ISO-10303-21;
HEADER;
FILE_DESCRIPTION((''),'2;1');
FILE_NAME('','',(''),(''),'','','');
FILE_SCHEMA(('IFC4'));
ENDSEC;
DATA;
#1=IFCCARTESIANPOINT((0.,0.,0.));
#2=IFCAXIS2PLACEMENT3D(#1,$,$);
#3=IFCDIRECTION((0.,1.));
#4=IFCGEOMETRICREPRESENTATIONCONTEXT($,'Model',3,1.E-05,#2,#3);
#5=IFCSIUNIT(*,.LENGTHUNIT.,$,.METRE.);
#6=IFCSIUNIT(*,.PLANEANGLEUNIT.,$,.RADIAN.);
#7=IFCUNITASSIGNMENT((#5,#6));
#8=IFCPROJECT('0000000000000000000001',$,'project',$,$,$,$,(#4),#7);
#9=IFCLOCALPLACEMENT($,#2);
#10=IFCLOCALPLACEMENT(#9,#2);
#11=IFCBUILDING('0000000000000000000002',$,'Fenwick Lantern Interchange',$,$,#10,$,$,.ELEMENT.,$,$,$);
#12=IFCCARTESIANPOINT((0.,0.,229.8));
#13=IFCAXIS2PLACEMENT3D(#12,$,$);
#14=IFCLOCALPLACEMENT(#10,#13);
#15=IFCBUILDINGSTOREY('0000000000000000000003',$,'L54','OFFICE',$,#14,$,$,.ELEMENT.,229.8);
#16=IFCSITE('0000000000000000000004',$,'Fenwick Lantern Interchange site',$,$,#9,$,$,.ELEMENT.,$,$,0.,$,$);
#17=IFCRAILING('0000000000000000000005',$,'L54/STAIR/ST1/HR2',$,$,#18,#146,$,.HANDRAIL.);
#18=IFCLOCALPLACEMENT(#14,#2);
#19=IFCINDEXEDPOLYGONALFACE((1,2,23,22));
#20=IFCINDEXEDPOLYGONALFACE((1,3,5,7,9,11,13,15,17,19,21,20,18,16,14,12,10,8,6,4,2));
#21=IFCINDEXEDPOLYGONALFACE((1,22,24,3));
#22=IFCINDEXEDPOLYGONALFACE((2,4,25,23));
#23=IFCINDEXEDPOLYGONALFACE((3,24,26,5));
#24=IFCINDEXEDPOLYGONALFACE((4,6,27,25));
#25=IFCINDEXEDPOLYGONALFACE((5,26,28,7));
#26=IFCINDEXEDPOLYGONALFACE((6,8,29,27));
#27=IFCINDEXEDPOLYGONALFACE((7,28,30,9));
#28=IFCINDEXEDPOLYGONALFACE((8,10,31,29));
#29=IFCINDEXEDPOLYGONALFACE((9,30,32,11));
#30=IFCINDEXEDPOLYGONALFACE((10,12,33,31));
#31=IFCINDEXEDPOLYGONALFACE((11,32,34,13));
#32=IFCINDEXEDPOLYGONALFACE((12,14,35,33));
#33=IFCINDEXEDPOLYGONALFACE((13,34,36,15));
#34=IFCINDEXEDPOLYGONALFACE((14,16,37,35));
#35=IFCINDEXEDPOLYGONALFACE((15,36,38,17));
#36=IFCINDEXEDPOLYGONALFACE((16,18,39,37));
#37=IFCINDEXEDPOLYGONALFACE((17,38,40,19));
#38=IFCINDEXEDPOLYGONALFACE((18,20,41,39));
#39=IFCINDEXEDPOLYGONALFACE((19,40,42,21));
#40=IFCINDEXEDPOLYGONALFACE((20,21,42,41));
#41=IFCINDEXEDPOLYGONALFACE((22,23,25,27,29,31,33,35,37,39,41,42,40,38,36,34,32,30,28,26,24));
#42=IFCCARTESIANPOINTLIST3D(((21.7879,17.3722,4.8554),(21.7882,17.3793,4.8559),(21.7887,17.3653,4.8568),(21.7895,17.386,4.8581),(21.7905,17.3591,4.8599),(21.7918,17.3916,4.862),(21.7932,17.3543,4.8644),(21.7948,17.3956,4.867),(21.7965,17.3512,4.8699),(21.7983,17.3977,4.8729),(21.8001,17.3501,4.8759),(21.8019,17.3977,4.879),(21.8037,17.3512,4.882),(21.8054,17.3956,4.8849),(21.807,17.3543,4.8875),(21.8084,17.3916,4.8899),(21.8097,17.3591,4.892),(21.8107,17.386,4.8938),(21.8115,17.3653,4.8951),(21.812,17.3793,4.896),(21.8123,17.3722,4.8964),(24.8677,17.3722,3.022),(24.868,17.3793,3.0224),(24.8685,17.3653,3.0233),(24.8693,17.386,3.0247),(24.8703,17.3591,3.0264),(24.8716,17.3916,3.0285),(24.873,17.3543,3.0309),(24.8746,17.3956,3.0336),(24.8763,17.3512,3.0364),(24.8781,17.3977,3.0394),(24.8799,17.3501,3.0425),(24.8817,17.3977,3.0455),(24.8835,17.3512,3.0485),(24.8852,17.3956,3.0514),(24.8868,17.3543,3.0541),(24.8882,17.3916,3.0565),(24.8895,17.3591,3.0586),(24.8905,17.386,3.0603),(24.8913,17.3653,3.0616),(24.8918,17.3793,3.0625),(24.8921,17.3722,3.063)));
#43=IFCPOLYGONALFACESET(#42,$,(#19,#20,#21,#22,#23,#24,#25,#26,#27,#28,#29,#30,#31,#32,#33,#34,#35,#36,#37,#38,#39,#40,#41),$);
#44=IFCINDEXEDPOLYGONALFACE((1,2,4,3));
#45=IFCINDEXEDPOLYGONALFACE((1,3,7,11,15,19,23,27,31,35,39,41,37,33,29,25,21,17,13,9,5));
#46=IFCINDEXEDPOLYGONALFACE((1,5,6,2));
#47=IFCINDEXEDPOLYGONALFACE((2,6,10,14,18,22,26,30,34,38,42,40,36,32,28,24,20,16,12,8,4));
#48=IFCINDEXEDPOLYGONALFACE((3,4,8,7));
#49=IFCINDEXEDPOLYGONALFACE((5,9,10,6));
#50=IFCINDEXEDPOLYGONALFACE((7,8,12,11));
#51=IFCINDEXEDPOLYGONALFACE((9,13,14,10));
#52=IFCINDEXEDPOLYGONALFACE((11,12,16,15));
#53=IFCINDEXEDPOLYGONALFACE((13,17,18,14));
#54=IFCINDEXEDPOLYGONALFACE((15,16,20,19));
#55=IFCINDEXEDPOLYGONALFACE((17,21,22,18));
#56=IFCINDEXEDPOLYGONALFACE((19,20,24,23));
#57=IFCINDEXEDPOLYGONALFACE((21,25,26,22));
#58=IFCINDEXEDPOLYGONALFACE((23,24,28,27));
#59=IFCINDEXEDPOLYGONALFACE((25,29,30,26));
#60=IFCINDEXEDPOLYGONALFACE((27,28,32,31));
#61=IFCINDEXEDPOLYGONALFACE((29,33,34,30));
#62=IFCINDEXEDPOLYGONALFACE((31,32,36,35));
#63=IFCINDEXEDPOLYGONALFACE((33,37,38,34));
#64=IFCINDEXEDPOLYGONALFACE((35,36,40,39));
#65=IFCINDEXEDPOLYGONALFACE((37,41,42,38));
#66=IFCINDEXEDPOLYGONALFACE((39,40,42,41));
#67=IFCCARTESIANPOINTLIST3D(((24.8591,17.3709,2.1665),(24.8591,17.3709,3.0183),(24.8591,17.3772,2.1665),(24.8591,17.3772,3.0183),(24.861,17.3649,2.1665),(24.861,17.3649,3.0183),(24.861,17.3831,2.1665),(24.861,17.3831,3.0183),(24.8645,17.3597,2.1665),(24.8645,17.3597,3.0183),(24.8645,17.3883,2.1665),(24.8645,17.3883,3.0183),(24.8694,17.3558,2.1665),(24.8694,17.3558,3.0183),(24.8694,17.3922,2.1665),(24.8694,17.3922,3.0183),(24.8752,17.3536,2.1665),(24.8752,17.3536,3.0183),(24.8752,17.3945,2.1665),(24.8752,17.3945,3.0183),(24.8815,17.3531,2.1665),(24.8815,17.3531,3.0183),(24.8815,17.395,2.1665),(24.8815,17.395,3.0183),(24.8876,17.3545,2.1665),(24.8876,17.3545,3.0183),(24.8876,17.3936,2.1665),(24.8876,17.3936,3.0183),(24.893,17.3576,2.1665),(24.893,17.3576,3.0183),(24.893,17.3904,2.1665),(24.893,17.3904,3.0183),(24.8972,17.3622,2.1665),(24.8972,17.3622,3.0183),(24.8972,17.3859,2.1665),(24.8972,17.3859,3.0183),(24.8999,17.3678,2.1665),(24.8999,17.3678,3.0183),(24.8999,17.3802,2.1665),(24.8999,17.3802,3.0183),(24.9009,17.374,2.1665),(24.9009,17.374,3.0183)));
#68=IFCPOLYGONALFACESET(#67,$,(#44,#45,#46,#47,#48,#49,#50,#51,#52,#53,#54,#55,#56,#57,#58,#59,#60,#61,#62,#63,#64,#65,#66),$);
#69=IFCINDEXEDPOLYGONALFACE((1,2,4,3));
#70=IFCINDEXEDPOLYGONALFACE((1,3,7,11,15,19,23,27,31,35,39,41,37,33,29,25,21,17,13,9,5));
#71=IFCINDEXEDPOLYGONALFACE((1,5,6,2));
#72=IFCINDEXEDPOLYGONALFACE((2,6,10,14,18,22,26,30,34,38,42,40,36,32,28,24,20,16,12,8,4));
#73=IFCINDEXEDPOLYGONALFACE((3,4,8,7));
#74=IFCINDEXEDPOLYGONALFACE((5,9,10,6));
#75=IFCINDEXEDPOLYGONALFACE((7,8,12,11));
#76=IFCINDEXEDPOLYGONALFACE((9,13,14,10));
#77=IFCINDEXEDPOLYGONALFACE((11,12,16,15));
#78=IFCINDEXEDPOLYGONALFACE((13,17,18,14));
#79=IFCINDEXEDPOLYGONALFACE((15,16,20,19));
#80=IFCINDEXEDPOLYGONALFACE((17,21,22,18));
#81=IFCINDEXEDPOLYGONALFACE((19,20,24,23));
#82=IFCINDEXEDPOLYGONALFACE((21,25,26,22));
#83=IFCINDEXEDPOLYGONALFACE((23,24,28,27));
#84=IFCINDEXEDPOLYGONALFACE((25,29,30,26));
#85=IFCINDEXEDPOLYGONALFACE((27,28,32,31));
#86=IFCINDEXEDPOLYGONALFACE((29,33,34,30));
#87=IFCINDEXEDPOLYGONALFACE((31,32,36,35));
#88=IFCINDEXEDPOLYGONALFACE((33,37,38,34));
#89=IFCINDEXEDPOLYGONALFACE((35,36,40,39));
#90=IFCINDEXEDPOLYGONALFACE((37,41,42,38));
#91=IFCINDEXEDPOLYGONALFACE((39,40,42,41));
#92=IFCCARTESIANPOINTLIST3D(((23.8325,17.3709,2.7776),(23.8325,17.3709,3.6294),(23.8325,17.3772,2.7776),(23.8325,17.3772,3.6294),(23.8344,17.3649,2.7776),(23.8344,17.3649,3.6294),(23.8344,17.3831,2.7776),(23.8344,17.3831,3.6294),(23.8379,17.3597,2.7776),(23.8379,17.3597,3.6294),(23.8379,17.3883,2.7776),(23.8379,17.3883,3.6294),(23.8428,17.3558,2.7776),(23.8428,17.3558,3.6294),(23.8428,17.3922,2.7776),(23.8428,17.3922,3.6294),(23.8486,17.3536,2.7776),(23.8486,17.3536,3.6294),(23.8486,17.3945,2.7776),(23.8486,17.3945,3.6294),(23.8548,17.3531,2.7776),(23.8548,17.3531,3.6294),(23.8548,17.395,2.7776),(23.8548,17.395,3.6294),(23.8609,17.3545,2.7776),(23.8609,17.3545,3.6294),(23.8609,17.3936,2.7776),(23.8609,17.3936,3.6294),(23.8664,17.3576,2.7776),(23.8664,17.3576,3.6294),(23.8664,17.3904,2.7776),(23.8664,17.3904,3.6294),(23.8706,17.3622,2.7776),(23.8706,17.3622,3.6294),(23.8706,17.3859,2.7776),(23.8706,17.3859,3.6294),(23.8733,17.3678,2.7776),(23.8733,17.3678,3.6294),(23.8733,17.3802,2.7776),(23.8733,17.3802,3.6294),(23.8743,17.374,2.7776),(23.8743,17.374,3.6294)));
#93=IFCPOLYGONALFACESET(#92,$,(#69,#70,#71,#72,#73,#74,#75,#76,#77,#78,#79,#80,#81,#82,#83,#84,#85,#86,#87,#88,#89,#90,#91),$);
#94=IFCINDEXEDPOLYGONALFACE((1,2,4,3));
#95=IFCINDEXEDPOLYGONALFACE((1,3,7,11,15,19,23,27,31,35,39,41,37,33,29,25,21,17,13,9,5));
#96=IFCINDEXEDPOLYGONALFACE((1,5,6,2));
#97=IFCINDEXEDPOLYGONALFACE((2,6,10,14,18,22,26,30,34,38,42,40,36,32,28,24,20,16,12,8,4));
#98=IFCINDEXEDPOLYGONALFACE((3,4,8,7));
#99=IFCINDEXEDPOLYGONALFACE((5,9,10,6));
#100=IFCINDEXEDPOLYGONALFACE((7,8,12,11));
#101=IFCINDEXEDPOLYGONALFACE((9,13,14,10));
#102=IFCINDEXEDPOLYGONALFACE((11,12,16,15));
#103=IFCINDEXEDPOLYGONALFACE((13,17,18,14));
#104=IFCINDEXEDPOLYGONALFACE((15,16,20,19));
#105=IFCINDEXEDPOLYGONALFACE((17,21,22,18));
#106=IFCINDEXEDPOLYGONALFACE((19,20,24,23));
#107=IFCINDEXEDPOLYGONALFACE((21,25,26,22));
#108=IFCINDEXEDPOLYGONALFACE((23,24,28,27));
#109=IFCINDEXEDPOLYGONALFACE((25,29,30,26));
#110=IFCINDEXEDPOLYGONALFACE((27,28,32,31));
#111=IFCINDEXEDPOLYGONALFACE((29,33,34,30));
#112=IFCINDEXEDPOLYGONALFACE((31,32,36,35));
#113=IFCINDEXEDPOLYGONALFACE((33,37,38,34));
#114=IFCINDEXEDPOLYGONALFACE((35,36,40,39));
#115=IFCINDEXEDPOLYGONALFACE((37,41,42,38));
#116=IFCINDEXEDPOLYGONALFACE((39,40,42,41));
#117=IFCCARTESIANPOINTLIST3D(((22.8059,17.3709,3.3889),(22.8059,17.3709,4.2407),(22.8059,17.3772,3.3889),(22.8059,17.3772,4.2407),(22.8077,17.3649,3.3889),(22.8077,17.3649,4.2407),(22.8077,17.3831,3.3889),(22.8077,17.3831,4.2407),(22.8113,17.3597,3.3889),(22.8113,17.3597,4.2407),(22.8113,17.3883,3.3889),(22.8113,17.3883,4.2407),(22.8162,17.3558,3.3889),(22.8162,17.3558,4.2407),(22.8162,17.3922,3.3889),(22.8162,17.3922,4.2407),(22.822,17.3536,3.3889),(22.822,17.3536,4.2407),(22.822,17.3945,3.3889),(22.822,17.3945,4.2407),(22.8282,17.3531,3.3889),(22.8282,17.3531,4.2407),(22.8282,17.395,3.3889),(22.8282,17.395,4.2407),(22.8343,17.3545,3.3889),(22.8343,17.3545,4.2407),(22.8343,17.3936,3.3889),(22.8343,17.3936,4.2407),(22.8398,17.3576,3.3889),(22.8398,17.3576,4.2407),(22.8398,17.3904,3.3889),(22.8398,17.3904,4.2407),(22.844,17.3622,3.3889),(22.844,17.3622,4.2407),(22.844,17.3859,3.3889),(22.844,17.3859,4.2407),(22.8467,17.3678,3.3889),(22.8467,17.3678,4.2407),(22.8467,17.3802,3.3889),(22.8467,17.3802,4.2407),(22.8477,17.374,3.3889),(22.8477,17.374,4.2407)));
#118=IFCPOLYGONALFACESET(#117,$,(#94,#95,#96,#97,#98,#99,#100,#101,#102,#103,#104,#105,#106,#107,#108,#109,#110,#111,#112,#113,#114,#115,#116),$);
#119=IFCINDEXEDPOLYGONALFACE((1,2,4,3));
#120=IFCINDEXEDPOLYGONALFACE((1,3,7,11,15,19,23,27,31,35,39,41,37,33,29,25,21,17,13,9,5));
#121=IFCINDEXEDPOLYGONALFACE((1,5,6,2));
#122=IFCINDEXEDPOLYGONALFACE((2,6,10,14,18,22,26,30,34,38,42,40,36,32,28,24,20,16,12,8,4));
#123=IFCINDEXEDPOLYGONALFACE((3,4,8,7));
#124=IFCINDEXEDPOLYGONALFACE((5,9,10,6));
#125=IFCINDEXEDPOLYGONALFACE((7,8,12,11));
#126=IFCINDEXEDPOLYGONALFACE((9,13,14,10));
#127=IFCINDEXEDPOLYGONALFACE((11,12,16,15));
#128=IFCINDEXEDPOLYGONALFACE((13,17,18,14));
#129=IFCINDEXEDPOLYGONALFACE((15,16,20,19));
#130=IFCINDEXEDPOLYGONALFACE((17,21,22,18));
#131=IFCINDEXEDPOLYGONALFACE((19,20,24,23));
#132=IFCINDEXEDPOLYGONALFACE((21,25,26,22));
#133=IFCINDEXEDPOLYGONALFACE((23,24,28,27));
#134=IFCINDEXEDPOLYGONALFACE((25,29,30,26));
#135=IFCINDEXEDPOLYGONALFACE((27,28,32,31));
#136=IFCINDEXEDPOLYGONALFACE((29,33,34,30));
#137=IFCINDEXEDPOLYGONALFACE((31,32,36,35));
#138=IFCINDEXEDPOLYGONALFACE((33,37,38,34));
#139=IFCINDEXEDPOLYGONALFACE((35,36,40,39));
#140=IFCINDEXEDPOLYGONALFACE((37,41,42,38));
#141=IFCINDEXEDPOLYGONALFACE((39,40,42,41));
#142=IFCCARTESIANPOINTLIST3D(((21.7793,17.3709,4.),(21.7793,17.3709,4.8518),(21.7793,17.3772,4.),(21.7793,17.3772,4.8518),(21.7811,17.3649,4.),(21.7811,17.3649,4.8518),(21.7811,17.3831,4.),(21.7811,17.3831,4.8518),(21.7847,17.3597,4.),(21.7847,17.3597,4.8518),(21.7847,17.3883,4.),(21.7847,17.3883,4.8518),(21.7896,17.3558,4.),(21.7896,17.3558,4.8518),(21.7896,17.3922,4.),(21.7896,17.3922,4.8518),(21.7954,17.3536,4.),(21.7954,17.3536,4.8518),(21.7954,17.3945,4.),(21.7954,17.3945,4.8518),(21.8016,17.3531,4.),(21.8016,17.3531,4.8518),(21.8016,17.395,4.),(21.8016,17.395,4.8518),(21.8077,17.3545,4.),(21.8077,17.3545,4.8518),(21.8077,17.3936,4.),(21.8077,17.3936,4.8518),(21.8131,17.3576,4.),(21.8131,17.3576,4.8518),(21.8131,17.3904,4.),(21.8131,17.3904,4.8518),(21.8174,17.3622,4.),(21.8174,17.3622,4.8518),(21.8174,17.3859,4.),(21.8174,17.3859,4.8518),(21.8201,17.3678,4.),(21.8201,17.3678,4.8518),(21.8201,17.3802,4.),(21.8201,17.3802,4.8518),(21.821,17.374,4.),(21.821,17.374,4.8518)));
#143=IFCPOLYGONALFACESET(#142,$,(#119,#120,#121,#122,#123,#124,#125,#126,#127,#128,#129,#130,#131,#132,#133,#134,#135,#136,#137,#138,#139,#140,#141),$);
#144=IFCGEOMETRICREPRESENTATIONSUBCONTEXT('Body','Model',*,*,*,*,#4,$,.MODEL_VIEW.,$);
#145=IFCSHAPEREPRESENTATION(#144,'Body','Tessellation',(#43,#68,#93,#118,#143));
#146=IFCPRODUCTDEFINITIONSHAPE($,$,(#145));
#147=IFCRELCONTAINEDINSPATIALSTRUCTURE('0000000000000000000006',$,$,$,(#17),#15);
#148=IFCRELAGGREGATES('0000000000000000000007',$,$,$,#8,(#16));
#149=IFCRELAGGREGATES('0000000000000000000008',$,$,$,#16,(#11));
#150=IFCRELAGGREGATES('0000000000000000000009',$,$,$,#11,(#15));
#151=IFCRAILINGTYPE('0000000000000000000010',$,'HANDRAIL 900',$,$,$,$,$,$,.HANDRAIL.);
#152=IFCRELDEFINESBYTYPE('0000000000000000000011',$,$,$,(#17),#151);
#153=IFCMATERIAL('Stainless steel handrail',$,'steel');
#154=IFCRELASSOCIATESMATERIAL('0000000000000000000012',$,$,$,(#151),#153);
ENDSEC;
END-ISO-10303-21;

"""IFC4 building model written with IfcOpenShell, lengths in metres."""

from ifc_helpers import new_model, si_unit, direction, frame, origin, origin_2d, place, context, subcontext, project, spatial, circle, extrude, material, type_object, element, save


model = new_model("IFC4")

# Units and contexts
model_context = context("Model", 3, precision=1e-05, world=origin(), true_north=direction((0.0, 1.0)))
body_context = subcontext(model_context, "Body", "Model", "MODEL_VIEW")
ifc_project = project(units=[si_unit("LENGTHUNIT", "METRE"), si_unit("PLANEANGLEUNIT", "RADIAN")], contexts=[model_context])

# Site, building, storey
site_placement = place(None, origin())
site = spatial("IfcSite", under=ifc_project, at=site_placement, Name="Fenwick Lantern Interchange site", CompositionType="ELEMENT", RefElevation=0.0)
building_placement = place(site_placement, origin())
building = spatial("IfcBuilding", under=site, at=building_placement, Name="Fenwick Lantern Interchange", CompositionType="ELEMENT")
storey_placement = place(building_placement, frame((0.0, 0.0, 229.8)))
storey = spatial("IfcBuildingStorey", under=building, at=storey_placement, Name="L54", Description="OFFICE", CompositionType="ELEMENT", Elevation=229.8)

# Railing
ifc_material_1 = material(Name="Stainless steel handrail", Category="steel")
railing_type = type_object("IfcRailingType", Name="HANDRAIL 900", PredefinedType="HANDRAIL", material=ifc_material_1)
railing_1_placement = place(storey_placement, frame((24.8799, 17.374, 2.1665)))
element("IfcRailing", 1, at=railing_1_placement, inside=storey, type_object=railing_type, Name="L54/STAIR/ST1/HR2", PredefinedType="HANDRAIL", context=body_context, shape_type="SweptSolid", body=[
    extrude(circle(Radius=0.0239, at=origin_2d()), frame((0.0, 0.0, 0.876), z_axis=(-0.859261, 0.0, 0.511538), x_axis=(0.0, -1.0, 0.0)), (0.0, 0.0, 1.0), 3.5842),
    extrude(circle(Radius=0.021, at=origin_2d()), origin(), (0.0, 0.0, 1.0), 0.8518),
    extrude(circle(Radius=0.021, at=origin_2d()), frame((-1.0266, 0.0, 0.6111)), (0.0, 0.0, 1.0), 0.8518),
    extrude(circle(Radius=0.021, at=origin_2d()), frame((-2.0532, 0.0, 1.2224)), (0.0, 0.0, 1.0), 0.8518),
    extrude(circle(Radius=0.021, at=origin_2d()), frame((-3.0798, 0.0, 1.8335)), (0.0, 0.0, 1.0), 0.8518),
])

save(model, "model.ifc")
